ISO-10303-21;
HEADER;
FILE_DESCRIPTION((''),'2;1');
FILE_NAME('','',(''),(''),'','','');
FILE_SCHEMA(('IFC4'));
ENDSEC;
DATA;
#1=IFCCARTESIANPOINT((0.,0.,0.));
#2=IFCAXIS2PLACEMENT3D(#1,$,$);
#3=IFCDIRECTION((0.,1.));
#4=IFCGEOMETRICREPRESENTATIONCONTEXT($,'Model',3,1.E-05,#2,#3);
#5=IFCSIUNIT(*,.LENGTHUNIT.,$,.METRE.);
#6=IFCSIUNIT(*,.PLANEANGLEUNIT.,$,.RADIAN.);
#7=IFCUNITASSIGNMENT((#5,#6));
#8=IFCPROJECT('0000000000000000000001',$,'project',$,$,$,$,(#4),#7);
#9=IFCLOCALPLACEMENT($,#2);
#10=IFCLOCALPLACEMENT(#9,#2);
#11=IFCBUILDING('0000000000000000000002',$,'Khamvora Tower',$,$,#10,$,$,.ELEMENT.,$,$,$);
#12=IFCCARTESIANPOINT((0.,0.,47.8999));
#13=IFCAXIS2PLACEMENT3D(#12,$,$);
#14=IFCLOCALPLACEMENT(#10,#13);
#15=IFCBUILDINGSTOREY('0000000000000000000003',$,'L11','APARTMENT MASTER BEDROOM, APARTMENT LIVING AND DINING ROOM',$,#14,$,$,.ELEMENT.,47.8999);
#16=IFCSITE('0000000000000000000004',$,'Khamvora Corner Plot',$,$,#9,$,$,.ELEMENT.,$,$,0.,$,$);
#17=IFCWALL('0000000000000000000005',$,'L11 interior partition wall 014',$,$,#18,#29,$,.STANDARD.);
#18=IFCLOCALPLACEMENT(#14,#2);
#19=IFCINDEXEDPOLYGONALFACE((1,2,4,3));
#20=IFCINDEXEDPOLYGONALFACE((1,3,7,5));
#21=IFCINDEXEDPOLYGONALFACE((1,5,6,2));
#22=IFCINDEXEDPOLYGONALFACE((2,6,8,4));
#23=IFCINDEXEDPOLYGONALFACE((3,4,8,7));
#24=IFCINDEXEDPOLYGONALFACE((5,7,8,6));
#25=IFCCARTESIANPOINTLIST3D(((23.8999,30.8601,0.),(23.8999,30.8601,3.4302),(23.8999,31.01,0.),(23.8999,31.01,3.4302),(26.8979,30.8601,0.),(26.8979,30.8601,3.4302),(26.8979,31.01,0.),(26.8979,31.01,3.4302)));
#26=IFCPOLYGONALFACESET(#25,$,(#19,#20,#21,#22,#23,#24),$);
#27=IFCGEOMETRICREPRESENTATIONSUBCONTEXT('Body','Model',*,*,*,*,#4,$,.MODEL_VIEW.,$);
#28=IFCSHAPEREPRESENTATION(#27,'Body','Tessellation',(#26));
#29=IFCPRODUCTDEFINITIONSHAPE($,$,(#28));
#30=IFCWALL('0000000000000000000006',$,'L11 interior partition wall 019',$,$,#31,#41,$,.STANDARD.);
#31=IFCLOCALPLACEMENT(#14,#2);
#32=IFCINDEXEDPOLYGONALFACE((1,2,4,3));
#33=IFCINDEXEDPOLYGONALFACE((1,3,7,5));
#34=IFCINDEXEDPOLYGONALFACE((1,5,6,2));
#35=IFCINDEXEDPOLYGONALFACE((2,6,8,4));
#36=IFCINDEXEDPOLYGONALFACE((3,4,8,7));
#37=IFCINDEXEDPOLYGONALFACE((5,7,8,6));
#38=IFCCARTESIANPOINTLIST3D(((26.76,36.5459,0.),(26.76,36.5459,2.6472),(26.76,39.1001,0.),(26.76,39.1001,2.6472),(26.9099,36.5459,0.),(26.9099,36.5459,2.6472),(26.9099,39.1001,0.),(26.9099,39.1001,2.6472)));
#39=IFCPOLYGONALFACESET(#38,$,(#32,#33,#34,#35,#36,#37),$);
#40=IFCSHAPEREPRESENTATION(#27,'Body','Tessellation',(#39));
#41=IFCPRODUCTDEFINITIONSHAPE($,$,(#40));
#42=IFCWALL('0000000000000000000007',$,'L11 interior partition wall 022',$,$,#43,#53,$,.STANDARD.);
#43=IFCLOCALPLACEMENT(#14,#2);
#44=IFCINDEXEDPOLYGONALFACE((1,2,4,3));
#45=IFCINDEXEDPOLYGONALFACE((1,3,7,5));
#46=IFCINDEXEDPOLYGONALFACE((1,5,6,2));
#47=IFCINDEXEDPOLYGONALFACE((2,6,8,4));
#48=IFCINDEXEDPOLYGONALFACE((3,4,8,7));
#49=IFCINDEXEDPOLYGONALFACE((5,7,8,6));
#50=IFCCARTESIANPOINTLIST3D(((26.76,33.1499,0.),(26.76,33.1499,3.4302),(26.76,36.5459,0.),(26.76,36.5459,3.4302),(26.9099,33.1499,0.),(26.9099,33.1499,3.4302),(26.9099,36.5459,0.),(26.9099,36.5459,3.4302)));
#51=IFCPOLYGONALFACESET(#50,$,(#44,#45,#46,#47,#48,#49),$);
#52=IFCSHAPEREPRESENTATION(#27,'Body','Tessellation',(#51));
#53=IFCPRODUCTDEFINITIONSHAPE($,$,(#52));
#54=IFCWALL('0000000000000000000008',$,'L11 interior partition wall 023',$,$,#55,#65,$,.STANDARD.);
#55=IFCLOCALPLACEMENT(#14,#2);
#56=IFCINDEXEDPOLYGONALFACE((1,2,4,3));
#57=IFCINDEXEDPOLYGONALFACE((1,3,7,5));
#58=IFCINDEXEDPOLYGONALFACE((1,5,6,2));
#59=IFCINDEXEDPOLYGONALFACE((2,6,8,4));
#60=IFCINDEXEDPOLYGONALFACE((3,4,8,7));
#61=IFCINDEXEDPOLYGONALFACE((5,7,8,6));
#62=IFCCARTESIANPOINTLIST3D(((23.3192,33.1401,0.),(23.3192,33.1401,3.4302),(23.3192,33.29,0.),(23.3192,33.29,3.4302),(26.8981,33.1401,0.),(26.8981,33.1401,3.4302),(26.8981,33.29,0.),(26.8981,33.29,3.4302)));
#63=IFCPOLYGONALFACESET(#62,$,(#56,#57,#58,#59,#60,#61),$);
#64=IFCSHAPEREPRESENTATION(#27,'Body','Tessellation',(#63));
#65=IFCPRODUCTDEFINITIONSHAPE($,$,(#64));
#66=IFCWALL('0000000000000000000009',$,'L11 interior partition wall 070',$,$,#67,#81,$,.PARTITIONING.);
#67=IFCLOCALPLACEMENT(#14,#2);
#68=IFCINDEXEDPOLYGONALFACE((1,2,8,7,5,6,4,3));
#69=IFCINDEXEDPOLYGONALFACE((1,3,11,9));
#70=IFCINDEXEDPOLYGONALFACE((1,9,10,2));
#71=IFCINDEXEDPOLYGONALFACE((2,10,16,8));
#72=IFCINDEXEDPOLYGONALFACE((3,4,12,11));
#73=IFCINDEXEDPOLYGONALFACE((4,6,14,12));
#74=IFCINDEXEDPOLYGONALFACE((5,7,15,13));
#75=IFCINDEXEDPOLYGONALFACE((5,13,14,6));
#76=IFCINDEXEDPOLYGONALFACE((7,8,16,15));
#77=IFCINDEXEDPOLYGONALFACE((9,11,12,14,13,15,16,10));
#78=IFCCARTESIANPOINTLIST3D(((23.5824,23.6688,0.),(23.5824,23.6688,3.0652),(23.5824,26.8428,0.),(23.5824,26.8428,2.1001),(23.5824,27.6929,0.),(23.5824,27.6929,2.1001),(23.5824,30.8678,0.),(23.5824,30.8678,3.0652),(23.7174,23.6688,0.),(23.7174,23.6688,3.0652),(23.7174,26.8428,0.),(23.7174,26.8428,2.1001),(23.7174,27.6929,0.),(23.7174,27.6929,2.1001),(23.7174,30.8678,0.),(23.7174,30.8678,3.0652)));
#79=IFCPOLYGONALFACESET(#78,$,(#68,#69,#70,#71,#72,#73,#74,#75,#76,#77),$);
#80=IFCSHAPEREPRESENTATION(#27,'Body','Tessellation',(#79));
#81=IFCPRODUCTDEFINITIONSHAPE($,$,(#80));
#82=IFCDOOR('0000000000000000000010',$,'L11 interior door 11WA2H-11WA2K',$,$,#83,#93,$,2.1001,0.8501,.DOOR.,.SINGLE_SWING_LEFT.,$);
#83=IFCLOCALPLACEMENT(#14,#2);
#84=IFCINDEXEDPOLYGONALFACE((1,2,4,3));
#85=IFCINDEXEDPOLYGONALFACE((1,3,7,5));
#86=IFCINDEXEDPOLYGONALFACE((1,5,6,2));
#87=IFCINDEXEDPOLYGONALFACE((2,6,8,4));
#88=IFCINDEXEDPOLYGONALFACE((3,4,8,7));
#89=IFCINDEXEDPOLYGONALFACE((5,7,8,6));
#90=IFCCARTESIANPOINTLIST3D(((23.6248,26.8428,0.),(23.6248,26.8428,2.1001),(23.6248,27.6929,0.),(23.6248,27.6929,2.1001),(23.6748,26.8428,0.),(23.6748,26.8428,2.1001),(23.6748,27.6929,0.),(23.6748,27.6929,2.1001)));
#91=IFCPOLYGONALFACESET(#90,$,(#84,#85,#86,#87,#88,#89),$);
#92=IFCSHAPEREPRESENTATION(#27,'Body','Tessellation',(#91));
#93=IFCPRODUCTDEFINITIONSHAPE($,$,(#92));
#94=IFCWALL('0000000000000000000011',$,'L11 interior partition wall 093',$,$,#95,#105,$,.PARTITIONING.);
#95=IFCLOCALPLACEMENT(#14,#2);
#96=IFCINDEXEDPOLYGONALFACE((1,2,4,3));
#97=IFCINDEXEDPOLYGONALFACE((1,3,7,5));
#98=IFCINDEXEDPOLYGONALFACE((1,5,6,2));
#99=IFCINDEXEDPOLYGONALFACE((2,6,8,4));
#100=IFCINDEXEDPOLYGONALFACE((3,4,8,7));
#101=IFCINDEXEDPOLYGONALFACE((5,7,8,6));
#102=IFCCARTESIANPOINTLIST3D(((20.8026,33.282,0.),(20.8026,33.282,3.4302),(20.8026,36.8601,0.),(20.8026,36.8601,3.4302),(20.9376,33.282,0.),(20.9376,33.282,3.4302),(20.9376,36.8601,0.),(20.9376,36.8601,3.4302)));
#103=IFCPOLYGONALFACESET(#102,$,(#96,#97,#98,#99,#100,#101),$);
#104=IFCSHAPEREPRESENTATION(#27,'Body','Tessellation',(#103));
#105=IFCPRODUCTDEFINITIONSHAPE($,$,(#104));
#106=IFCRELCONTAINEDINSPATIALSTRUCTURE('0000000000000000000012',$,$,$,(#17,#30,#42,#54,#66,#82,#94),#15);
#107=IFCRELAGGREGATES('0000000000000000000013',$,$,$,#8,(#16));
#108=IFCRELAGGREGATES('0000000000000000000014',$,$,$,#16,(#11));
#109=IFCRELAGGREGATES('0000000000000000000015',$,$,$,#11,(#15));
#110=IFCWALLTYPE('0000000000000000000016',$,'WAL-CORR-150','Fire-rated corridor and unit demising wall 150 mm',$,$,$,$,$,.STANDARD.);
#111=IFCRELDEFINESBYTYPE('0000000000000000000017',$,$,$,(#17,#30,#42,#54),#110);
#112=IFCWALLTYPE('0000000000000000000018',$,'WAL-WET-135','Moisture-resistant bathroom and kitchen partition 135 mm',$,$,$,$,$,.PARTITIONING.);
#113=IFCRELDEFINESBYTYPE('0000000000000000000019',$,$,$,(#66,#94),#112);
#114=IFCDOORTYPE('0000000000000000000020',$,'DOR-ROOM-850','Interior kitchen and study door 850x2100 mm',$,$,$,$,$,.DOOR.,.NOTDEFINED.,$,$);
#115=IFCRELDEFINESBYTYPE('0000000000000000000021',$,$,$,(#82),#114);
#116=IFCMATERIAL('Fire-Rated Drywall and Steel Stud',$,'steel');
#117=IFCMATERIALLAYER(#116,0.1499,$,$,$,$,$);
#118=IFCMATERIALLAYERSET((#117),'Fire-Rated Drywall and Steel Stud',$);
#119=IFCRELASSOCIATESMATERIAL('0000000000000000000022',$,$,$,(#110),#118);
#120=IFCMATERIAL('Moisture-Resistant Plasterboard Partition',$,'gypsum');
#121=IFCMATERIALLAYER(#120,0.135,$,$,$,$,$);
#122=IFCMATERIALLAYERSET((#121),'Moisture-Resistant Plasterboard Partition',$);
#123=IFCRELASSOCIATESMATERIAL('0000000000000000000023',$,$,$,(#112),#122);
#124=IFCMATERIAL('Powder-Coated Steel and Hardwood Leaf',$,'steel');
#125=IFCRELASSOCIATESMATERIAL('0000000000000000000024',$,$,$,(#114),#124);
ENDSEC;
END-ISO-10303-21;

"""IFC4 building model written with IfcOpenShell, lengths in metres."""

from ifc_helpers import new_model, si_unit, direction, frame, frame_2d, origin, place, context, subcontext, project, spatial, rectangle, extrude, material, layer, layer_set, type_object, element, fill, save


model = new_model("IFC4")

# Units and contexts
model_context = context("Model", 3, precision=1e-05, world=origin(), true_north=direction((0.0, 1.0)))
body_context = subcontext(model_context, "Body", "Model", "MODEL_VIEW")
ifc_project = project(units=[si_unit("LENGTHUNIT", "METRE"), si_unit("PLANEANGLEUNIT", "RADIAN")], contexts=[model_context])

# Site, building, storey
site_placement = place(None, origin())
site = spatial("IfcSite", under=ifc_project, at=site_placement, Name="Khamvora Corner Plot", CompositionType="ELEMENT", RefElevation=0.0)
building_placement = place(site_placement, origin())
building = spatial("IfcBuilding", under=site, at=building_placement, Name="Khamvora Tower", CompositionType="ELEMENT")
storey_placement = place(building_placement, frame((0.0, 0.0, 47.8999)))
storey = spatial("IfcBuildingStorey", under=building, at=storey_placement, Name="L11", Description="APARTMENT MASTER BEDROOM, APARTMENT LIVING AND DINING ROOM", CompositionType="ELEMENT", Elevation=47.8999)

# Wall
ifc_material_1 = material(Name="Fire-Rated Drywall and Steel Stud", Category="steel")
ifc_layer_1 = layer(ifc_material_1, 0.1499)
ifc_layer_set_1 = layer_set([ifc_layer_1], Name="Fire-Rated Drywall and Steel Stud")
wall_type_1 = type_object("IfcWallType", Name="WAL-CORR-150", Description="Fire-rated corridor and unit demising wall 150 mm", PredefinedType="STANDARD", material=ifc_layer_set_1)
wall_1_placement = place(storey_placement, frame((26.8979, 30.9351, 0.0), z_axis=(0.0, 0.0, 1.0), x_axis=(-1.0, 0.0, 0.0)))
element("IfcWall", 1, at=wall_1_placement, inside=storey, type_object=wall_type_1, Name="L11 interior partition wall 014", PredefinedType="STANDARD", context=body_context, shape_type="SweptSolid", body=[
    extrude(rectangle(XDim=2.998, YDim=0.1499, at=frame_2d((1.499, 0.0))), origin(), (0.0, 0.0, 1.0), 3.4302),
])

# Shared definitions
ifc_material_2 = material(Name="Powder-Coated Steel and Hardwood Leaf", Category="steel")

# Wall
wall_2_placement = place(storey_placement, frame((26.835, 36.5459, 0.0), z_axis=(0.0, 0.0, 1.0), x_axis=(0.0, 1.0, 0.0)))
element("IfcWall", 2, at=wall_2_placement, inside=storey, type_object=wall_type_1, Name="L11 interior partition wall 019", PredefinedType="STANDARD", context=body_context, shape_type="SweptSolid", body=[
    extrude(rectangle(XDim=2.5542, YDim=0.1499, at=frame_2d((1.2771, 0.0))), origin(), (0.0, 0.0, 1.0), 2.6472),
])

# Walls
wall_3_placement = place(storey_placement, frame((26.835, 33.1499, 0.0), z_axis=(0.0, 0.0, 1.0), x_axis=(0.0, 1.0, 0.0)))
element("IfcWall", 3, at=wall_3_placement, inside=storey, type_object=wall_type_1, Name="L11 interior partition wall 022", PredefinedType="STANDARD", context=body_context, shape_type="SweptSolid", body=[
    extrude(rectangle(XDim=3.396, YDim=0.1499, at=frame_2d((1.698, 0.0))), origin(), (0.0, 0.0, 1.0), 3.4302),
])
wall_4_placement = place(storey_placement, frame((23.3191, 33.2151, 0.0), z_axis=(0.0, 0.0, 1.0), x_axis=(1.0, 0.0, 0.0)))
element("IfcWall", 4, at=wall_4_placement, inside=storey, type_object=wall_type_1, Name="L11 interior partition wall 023", PredefinedType="STANDARD", context=body_context, shape_type="SweptSolid", body=[
    extrude(rectangle(XDim=3.5789, YDim=0.1499, at=frame_2d((1.7896, 0.0))), origin(), (0.0, 0.0, 1.0), 3.4302),
])

# Wall, opening, door
ifc_material_3 = material(Name="Moisture-Resistant Plasterboard Partition", Category="gypsum")
ifc_layer_2 = layer(ifc_material_3, 0.135)
ifc_layer_set_2 = layer_set([ifc_layer_2], Name="Moisture-Resistant Plasterboard Partition")
wall_type_2 = type_object("IfcWallType", Name="WAL-WET-135", Description="Moisture-resistant bathroom and kitchen partition 135 mm", PredefinedType="PARTITIONING", material=ifc_layer_set_2)
wall_5_placement = place(storey_placement, frame((23.6499, 30.8679, 0.0), z_axis=(0.0, 0.0, 1.0), x_axis=(0.0, -1.0, 0.0)))
wall_5 = element("IfcWall", 5, at=wall_5_placement, inside=storey, type_object=wall_type_2, Name="L11 interior partition wall 070", PredefinedType="PARTITIONING", context=body_context, shape_type="SweptSolid", body=[
    extrude(rectangle(XDim=7.199, YDim=0.135, at=frame_2d((3.5996, 0.0))), origin(), (0.0, 0.0, 1.0), 3.0652),
])
opening_1_placement = place(wall_5_placement, frame((3.175, 0.0, 0.0)))
opening_1 = element("IfcOpeningElement", 6, at=opening_1_placement, cuts=wall_5, PredefinedType="OPENING", context=body_context, shape_type="SweptSolid", body=[
    extrude(rectangle(XDim=0.8501, YDim=2.1001, at=frame_2d((0.425, 1.05))), frame((0.0, 0.0774, 0.0), z_axis=(0.0, -1.0, 0.0), x_axis=(1.0, 0.0, 0.0)), (0.0, 0.0, 1.0), 0.155),
])
door_type_1 = type_object("IfcDoorType", Name="DOR-ROOM-850", Description="Interior kitchen and study door 850x2100 mm", OperationType="NOTDEFINED", PredefinedType="DOOR", material=ifc_material_2)
door_1_placement = place(opening_1_placement, origin())
door_1 = element("IfcDoor", 7, at=door_1_placement, inside=storey, type_object=door_type_1, Name="L11 interior door 11WA2H-11WA2K", OperationType="SINGLE_SWING_LEFT", OverallHeight=2.1001, OverallWidth=0.8501, PredefinedType="DOOR", context=body_context, shape_type="SweptSolid", body=[
    extrude(rectangle(XDim=0.8501, YDim=2.1001, at=frame_2d((0.425, 1.05))), frame((0.0, 0.0249, 0.0), z_axis=(0.0, -1.0, 0.0), x_axis=(1.0, 0.0, 0.0)), (0.0, 0.0, 1.0), 0.05),
])
fill(opening_1, door_1)

# Wall
wall_6_placement = place(storey_placement, frame((20.8701, 33.282, 0.0), z_axis=(0.0, 0.0, 1.0), x_axis=(0.0, 1.0, 0.0)))
element("IfcWall", 8, at=wall_6_placement, inside=storey, type_object=wall_type_2, Name="L11 interior partition wall 093", PredefinedType="PARTITIONING", context=body_context, shape_type="SweptSolid", body=[
    extrude(rectangle(XDim=3.5781, YDim=0.135, at=frame_2d((1.7891, 0.0))), origin(), (0.0, 0.0, 1.0), 3.4302),
])

save(model, "model.ifc")
